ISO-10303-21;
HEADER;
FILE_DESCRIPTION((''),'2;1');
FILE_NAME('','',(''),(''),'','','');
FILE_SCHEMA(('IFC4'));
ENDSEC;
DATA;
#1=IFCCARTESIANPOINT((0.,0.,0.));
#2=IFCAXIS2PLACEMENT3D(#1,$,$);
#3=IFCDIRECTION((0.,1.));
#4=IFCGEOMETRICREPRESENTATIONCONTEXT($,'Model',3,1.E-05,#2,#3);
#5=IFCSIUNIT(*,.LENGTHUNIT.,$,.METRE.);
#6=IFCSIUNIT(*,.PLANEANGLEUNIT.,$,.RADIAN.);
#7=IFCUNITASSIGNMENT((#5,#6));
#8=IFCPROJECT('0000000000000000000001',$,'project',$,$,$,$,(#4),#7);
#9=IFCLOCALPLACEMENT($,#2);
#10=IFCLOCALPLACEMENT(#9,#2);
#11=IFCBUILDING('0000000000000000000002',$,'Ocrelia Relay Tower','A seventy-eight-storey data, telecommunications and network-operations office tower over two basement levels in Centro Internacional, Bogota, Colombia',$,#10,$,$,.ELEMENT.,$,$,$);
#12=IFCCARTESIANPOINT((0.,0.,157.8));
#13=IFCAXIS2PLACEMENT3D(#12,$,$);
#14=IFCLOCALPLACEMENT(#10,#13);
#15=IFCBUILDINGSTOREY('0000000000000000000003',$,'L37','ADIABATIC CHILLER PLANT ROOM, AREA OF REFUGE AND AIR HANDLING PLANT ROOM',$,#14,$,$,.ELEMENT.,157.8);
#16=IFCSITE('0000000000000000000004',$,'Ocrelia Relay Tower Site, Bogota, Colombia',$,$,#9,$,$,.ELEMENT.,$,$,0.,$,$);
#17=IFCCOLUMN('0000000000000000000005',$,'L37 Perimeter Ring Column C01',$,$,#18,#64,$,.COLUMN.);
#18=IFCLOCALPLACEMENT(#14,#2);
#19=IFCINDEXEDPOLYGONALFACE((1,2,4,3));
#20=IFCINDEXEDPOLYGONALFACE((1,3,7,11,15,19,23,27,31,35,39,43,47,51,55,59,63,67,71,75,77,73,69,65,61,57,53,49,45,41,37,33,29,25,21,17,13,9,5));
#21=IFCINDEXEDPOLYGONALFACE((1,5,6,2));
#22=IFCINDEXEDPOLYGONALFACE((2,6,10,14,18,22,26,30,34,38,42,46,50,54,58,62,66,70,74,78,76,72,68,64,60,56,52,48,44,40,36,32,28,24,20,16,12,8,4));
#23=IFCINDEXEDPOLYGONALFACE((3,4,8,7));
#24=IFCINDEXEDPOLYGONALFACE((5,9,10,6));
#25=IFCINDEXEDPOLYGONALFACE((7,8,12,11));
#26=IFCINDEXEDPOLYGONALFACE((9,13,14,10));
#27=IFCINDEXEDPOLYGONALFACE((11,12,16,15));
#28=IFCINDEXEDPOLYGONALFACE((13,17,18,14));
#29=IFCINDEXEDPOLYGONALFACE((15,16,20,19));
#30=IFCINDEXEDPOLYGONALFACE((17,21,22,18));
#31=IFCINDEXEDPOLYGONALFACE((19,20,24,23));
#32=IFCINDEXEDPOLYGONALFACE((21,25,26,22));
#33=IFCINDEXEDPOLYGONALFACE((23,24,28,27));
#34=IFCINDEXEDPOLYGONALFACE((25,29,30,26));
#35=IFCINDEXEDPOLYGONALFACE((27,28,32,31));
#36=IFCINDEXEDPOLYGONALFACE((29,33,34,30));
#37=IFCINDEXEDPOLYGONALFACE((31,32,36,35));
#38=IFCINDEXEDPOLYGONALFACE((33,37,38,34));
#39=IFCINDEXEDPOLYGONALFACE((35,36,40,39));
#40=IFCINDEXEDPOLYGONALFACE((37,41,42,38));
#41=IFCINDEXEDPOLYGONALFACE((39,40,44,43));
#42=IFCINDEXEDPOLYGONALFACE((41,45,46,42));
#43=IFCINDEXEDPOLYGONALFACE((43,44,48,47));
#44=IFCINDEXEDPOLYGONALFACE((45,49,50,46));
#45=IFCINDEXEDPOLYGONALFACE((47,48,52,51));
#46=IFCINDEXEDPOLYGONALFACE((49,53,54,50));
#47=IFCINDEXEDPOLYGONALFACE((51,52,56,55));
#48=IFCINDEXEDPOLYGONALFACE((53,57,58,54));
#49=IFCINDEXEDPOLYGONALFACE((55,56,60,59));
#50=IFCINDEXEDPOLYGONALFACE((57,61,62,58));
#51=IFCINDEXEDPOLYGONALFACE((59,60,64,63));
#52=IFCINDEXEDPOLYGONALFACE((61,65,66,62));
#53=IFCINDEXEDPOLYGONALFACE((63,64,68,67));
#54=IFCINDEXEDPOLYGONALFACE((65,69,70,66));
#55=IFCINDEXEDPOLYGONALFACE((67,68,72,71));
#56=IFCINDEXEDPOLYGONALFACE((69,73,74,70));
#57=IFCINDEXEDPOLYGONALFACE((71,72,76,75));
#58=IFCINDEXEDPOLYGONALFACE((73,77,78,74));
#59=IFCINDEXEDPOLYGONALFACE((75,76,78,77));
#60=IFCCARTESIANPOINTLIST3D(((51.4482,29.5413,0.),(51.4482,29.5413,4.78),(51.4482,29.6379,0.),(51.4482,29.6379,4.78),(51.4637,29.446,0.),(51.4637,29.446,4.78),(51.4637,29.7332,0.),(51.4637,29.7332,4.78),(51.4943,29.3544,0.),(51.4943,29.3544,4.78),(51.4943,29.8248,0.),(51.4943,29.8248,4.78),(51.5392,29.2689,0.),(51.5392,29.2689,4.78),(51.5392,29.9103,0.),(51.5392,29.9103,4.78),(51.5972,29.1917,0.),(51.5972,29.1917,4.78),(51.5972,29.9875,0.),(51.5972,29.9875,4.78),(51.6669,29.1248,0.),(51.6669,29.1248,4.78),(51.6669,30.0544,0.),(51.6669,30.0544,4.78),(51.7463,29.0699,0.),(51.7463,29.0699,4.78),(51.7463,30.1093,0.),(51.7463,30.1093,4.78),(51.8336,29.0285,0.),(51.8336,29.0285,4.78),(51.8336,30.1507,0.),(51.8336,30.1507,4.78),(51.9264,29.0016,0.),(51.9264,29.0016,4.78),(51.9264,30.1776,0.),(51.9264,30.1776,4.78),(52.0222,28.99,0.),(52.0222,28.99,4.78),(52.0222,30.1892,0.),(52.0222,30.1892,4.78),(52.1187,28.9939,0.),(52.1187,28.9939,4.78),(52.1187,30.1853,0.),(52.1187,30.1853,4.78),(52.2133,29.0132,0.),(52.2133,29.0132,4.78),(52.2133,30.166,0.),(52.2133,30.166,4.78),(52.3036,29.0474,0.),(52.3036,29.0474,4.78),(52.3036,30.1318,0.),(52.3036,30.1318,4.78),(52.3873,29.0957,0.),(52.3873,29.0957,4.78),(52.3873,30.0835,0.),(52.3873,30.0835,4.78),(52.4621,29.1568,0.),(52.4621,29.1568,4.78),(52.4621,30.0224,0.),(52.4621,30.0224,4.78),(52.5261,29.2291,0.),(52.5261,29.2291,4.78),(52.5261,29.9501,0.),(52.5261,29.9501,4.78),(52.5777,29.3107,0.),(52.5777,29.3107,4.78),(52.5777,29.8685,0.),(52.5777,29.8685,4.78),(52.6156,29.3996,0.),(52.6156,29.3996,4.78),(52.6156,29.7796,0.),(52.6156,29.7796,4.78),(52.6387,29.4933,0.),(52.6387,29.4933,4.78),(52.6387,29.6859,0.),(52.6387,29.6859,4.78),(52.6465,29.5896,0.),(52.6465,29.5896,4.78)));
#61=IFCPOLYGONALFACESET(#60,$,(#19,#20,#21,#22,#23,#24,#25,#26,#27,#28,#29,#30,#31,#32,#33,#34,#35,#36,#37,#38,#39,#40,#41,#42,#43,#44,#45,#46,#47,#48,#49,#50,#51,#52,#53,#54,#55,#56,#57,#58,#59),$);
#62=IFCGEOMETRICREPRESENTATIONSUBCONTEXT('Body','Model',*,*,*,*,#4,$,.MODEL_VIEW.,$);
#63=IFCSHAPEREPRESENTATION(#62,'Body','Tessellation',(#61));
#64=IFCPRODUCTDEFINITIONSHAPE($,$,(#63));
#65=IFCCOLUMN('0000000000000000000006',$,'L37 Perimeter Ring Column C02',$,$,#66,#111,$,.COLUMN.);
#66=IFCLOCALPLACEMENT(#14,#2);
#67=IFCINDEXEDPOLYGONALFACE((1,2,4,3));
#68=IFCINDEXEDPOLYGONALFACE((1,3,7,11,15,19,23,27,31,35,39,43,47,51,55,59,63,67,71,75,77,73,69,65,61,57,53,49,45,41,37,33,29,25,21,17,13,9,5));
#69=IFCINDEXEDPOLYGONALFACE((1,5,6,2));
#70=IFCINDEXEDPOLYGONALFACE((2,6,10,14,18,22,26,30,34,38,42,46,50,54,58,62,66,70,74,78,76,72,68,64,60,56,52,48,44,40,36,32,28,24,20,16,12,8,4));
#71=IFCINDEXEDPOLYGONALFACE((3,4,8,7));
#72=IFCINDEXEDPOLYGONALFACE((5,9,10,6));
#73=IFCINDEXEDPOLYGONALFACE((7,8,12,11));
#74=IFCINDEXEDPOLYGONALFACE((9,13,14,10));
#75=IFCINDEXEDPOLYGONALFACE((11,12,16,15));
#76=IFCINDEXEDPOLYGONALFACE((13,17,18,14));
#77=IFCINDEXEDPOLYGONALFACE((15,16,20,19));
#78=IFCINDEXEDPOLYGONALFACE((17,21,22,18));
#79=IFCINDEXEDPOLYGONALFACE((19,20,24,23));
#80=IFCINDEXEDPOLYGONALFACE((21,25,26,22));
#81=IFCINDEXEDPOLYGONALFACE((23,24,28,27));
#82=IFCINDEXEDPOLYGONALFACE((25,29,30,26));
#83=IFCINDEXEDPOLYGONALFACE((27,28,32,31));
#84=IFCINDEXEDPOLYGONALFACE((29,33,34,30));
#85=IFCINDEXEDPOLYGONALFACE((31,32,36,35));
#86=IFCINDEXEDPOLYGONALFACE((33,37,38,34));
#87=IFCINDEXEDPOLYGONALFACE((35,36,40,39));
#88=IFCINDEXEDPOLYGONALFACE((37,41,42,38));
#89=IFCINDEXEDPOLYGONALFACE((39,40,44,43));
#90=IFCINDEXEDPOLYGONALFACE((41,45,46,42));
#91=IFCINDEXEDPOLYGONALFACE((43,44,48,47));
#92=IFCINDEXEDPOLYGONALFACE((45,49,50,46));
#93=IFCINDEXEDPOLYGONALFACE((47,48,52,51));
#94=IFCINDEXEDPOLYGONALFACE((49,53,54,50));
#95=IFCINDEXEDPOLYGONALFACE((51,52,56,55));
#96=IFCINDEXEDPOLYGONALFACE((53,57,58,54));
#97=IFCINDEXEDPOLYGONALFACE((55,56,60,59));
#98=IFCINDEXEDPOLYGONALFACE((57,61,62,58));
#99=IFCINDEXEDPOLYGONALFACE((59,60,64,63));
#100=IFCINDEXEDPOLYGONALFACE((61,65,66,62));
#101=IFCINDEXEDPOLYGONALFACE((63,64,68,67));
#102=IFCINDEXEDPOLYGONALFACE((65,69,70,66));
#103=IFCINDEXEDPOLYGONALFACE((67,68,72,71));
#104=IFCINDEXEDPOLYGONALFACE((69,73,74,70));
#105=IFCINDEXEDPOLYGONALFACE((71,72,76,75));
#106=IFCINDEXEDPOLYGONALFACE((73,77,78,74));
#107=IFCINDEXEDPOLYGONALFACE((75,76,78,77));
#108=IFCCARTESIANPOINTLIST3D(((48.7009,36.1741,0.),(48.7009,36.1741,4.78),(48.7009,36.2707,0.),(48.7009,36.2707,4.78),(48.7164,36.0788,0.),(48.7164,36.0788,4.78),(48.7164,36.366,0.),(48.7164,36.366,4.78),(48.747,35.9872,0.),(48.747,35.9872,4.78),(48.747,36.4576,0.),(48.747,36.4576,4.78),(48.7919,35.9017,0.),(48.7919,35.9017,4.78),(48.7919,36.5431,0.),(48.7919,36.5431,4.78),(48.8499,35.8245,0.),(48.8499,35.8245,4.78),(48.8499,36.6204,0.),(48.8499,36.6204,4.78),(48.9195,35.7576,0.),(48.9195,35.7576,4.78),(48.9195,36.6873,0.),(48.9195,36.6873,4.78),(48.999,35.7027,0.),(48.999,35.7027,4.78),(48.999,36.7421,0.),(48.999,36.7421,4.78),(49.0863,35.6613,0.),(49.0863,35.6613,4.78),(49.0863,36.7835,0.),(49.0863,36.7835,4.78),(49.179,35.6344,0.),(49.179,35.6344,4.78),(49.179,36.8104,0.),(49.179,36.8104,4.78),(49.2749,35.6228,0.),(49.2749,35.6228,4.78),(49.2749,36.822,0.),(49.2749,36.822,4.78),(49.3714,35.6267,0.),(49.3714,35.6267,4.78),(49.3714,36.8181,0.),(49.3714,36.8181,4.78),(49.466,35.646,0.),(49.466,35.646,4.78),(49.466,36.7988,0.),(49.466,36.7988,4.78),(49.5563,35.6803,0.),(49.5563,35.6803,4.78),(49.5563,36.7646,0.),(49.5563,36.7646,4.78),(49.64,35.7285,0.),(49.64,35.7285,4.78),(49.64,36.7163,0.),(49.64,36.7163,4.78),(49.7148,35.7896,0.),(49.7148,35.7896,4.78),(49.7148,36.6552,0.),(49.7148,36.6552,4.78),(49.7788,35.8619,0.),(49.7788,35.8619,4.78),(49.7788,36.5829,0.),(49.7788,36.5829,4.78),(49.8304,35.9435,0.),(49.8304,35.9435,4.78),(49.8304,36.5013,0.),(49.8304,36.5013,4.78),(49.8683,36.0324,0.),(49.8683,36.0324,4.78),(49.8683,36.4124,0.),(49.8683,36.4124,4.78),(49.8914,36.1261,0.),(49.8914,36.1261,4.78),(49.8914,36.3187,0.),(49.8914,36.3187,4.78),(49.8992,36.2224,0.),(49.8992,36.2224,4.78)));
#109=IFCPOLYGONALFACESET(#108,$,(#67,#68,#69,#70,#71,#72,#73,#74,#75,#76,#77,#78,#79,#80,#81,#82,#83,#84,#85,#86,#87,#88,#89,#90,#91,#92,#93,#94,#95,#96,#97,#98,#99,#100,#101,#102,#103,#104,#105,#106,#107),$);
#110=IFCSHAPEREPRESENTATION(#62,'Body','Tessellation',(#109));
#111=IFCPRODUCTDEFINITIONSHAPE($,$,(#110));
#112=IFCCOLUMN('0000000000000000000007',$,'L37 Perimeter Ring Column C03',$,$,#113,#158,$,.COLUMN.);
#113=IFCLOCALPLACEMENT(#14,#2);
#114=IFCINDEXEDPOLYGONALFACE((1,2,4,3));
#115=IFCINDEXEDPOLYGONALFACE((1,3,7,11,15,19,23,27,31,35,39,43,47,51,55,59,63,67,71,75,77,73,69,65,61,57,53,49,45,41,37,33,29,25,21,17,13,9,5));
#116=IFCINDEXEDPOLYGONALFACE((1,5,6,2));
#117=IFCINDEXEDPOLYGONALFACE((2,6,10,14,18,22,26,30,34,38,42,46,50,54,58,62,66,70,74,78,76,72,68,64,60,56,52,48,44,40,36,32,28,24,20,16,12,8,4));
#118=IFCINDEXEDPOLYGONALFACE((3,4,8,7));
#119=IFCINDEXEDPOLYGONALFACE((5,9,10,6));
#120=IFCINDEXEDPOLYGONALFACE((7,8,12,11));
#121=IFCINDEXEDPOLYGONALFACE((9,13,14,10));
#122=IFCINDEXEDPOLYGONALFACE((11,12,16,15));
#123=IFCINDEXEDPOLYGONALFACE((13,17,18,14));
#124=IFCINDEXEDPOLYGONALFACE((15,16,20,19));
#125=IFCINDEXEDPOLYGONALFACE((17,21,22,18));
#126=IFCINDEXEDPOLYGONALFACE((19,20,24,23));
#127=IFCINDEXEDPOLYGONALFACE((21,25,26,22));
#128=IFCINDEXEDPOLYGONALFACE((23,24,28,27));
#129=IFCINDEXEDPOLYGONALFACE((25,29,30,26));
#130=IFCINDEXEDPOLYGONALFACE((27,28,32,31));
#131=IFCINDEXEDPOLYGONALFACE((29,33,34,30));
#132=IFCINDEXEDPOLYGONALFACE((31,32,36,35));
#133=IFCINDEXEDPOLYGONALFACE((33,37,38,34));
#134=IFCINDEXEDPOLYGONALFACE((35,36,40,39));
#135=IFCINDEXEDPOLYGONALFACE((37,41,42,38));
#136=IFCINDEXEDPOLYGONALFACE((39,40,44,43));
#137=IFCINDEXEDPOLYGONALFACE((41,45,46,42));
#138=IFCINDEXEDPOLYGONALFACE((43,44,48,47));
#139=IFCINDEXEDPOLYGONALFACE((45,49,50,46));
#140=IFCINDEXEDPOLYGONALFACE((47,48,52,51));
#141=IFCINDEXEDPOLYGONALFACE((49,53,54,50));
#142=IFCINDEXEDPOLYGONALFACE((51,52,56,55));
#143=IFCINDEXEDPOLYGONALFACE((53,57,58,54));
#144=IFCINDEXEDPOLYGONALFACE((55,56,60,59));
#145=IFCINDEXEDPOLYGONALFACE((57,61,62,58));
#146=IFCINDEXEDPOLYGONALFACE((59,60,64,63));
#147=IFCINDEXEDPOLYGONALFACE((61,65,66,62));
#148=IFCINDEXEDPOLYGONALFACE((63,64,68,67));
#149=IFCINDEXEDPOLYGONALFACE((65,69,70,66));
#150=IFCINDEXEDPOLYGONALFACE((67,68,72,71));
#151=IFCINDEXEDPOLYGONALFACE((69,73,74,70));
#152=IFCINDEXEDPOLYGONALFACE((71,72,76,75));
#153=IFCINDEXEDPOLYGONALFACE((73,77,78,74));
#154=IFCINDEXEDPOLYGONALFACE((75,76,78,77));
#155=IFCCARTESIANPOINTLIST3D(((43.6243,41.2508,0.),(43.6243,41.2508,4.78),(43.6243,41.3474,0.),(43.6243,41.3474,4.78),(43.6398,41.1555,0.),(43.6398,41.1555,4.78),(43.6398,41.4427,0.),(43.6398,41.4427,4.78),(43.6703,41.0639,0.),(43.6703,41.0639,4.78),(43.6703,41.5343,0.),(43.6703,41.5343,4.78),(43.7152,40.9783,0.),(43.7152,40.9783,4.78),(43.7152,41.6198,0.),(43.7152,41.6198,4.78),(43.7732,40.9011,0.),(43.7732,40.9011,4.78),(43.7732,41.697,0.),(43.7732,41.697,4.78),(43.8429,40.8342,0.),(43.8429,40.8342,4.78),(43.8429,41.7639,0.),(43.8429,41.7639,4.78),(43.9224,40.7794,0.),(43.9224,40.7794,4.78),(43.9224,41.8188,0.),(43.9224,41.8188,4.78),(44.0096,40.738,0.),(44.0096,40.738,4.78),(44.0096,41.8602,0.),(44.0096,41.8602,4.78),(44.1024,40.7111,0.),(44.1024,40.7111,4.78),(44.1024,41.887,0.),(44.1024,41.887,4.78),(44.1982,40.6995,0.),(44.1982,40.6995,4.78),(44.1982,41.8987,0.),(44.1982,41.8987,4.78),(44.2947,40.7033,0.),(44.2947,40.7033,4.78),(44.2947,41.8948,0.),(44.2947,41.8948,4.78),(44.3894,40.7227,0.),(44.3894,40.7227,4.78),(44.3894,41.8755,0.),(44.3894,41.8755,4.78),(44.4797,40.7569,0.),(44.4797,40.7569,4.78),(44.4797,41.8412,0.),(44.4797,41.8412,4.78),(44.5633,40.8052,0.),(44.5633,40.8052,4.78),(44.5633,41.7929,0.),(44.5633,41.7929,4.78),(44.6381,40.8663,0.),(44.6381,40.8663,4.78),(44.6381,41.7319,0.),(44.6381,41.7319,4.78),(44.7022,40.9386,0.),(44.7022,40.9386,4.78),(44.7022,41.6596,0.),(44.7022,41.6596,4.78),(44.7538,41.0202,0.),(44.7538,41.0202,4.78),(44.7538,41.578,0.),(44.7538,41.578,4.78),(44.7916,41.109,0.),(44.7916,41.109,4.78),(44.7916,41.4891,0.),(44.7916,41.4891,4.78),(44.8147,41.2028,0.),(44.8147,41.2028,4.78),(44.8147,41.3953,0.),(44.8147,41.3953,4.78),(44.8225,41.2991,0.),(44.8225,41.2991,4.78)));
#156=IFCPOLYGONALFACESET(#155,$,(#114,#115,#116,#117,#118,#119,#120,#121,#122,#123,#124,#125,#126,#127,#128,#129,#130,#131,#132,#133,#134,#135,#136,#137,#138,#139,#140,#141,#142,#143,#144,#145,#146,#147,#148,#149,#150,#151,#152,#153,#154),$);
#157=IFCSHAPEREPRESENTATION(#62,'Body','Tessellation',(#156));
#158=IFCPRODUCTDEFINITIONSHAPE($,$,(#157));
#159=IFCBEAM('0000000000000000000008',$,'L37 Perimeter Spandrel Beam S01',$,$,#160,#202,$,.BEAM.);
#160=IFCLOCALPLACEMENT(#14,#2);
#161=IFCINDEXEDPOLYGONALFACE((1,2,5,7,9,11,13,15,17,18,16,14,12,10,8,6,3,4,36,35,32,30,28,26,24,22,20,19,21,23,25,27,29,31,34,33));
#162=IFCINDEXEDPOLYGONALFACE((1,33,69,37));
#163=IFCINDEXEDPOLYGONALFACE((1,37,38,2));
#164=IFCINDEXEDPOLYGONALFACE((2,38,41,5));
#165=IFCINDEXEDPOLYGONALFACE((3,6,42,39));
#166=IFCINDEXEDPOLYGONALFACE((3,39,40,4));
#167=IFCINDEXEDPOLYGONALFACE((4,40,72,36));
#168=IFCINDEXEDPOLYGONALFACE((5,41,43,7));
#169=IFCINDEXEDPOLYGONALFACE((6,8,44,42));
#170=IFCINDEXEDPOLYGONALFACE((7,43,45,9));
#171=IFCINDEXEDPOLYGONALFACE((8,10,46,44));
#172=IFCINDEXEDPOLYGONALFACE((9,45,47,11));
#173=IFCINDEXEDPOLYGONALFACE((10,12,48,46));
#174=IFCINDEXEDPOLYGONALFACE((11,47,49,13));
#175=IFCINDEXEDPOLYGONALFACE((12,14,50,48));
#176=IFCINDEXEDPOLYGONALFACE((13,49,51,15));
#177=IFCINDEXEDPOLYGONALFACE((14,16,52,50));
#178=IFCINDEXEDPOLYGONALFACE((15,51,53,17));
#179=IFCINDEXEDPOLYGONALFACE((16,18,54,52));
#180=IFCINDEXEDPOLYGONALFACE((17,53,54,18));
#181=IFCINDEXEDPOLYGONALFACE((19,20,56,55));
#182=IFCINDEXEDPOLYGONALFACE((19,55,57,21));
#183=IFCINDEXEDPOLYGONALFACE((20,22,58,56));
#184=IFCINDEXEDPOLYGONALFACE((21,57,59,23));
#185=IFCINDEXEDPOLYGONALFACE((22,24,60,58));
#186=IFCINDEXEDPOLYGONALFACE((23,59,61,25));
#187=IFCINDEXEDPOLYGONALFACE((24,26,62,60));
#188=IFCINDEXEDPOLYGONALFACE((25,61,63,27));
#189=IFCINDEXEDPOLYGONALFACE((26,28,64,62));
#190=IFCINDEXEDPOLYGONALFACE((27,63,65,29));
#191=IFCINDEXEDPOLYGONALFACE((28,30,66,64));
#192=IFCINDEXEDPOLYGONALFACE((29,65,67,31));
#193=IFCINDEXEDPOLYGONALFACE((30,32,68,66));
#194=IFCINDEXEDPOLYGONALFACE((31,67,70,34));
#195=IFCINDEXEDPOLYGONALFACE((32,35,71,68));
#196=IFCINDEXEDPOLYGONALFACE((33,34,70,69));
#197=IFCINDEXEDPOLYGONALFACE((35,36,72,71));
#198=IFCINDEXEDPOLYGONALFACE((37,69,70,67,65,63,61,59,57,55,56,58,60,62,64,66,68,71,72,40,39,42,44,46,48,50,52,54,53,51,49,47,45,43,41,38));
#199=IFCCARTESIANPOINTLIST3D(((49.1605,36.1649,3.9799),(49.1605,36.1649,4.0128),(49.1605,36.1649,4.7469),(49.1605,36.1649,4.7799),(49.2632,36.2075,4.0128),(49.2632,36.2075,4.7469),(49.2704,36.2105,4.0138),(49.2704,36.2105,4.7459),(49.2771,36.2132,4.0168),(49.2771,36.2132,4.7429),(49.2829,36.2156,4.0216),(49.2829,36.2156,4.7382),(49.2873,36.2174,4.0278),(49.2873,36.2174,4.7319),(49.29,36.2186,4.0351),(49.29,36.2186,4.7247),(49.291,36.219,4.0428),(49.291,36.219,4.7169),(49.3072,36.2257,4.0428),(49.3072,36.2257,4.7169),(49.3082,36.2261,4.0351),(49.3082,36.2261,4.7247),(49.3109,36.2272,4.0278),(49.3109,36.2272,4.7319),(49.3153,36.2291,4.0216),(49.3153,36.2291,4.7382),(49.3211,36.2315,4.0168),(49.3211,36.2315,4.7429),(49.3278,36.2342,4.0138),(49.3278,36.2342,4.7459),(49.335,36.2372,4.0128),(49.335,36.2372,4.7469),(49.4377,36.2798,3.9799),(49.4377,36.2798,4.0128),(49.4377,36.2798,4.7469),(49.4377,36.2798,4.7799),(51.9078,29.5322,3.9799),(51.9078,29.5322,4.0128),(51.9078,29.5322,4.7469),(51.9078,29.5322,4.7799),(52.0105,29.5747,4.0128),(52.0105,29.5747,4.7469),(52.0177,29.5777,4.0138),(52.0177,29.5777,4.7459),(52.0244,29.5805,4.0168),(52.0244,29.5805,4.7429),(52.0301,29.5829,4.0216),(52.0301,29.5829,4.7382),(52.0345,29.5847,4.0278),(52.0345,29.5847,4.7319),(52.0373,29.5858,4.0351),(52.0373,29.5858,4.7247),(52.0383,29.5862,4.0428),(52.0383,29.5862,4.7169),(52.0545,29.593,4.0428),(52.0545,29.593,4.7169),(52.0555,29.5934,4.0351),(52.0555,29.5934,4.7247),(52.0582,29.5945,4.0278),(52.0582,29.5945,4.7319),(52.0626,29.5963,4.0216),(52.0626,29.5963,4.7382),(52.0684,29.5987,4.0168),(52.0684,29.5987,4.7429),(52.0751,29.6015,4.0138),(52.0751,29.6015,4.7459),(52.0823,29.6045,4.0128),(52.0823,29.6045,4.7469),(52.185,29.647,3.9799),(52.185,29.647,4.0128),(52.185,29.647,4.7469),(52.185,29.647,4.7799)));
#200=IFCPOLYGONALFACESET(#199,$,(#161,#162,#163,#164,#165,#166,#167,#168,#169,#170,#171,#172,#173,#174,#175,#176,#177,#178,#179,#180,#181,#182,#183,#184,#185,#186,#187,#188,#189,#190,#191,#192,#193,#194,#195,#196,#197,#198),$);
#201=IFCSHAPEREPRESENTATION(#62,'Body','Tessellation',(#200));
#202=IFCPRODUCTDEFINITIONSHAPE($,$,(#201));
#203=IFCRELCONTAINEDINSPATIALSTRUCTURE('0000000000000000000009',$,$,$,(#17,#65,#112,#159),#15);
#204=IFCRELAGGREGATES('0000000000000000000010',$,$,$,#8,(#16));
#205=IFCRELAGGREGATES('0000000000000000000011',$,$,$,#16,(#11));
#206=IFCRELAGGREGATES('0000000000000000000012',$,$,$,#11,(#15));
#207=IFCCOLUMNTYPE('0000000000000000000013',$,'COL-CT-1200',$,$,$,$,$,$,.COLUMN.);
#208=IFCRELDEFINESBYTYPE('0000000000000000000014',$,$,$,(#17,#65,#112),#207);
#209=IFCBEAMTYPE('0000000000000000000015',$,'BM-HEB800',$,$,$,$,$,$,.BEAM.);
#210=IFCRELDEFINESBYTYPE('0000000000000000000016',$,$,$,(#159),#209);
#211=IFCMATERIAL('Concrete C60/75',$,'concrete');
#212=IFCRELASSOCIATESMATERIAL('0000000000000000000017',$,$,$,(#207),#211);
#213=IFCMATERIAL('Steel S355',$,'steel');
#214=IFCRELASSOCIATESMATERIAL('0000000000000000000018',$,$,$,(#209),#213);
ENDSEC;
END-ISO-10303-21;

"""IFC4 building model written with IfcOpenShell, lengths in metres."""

from ifc_helpers import new_model, si_unit, direction, frame, origin, origin_2d, place, context, subcontext, project, spatial, circle, i_section, extrude, material, material_profile, profile_set, type_object, element, save


model = new_model("IFC4")

# Units and contexts
model_context = context("Model", 3, precision=1e-05, world=origin(), true_north=direction((0.0, 1.0)))
body_context = subcontext(model_context, "Body", "Model", "MODEL_VIEW")
ifc_project = project(units=[si_unit("LENGTHUNIT", "METRE"), si_unit("PLANEANGLEUNIT", "RADIAN")], contexts=[model_context])

# Site, building, storey
site_placement = place(None, origin())
site = spatial("IfcSite", under=ifc_project, at=site_placement, Name="Ocrelia Relay Tower Site, Bogota, Colombia", CompositionType="ELEMENT", RefElevation=0.0)
building_placement = place(site_placement, origin())
building = spatial("IfcBuilding", under=site, at=building_placement, Name="Ocrelia Relay Tower", Description="A seventy-eight-storey data, telecommunications and network-operations office tower over two basement levels in Centro Internacional, Bogota, Colombia", CompositionType="ELEMENT")
storey_placement = place(building_placement, frame((0.0, 0.0, 157.8)))
storey = spatial("IfcBuildingStorey", under=building, at=storey_placement, Name="L37", Description="ADIABATIC CHILLER PLANT ROOM, AREA OF REFUGE AND AIR HANDLING PLANT ROOM", CompositionType="ELEMENT", Elevation=157.8)

# Columns
ifc_material_1 = material(Name="Concrete C60/75", Category="concrete")
ifc_material_profile_1 = material_profile(ifc_material_1, circle(Radius=0.6001, at=origin_2d()), Name="RC-CIR-1200")
ifc_profile_set_1 = profile_set([ifc_material_profile_1], Name="Concrete C60/75")
column_type = type_object("IfcColumnType", Name="COL-CT-1200", PredefinedType="COLUMN", material=ifc_profile_set_1)
for number, where, z_axis, x_axis, name in (
    (1, (52.0464, 29.5896, 0.0), (0.0, 0.0, 1.0), (1.0, 0.0, 0.0), "L37 Perimeter Ring Column C01"),
    (2, (49.2991, 36.2224, 0.0), (0.0, 0.0, 1.0), (1.0, 0.0, 0.0), "L37 Perimeter Ring Column C02"),
    (3, (44.2224, 41.2991, 0.0), (0.0, 0.0, 1.0), (1.0, 0.0, 0.0), "L37 Perimeter Ring Column C03"),
):
    element("IfcColumn", number, at=place(storey_placement, frame(where, z_axis=z_axis, x_axis=x_axis)), inside=storey, type_object=column_type, Name=name, PredefinedType="COLUMN", context=body_context, shape_type="SweptSolid", body=[
        extrude(circle(Radius=0.6001, at=origin_2d()), origin(), (0.0, 0.0, 1.0), 4.78),
    ])

# Beam
ifc_material_2 = material(Name="Steel S355", Category="steel")
ifc_material_profile_2 = material_profile(ifc_material_2, i_section(OverallWidth=0.3, OverallDepth=0.8, WebThickness=0.0176, FlangeThickness=0.033, FilletRadius=0.03, at=origin_2d()), Name="HEB 800")
ifc_profile_set_2 = profile_set([ifc_material_profile_2], Name="Steel S355")
beam_type_1 = type_object("IfcBeamType", Name="BM-HEB800", PredefinedType="BEAM", material=ifc_profile_set_2)
beam_1_placement = place(storey_placement, frame((52.0464, 29.5896, 4.3799), z_axis=(-0.382673, 0.923884, 0.0), x_axis=(-0.923884, -0.382673, 0.0)))
element("IfcBeam", 4, at=beam_1_placement, inside=storey, type_object=beam_type_1, Name="L37 Perimeter Spandrel Beam S01", PredefinedType="BEAM", context=body_context, shape_type="SweptSolid", body=[
    extrude(i_section(OverallWidth=0.3, OverallDepth=0.8, WebThickness=0.0176, FlangeThickness=0.033, FilletRadius=0.03, at=origin_2d()), origin(), (0.0, 0.0, 1.0), 7.1792),
])

save(model, "model.ifc")
